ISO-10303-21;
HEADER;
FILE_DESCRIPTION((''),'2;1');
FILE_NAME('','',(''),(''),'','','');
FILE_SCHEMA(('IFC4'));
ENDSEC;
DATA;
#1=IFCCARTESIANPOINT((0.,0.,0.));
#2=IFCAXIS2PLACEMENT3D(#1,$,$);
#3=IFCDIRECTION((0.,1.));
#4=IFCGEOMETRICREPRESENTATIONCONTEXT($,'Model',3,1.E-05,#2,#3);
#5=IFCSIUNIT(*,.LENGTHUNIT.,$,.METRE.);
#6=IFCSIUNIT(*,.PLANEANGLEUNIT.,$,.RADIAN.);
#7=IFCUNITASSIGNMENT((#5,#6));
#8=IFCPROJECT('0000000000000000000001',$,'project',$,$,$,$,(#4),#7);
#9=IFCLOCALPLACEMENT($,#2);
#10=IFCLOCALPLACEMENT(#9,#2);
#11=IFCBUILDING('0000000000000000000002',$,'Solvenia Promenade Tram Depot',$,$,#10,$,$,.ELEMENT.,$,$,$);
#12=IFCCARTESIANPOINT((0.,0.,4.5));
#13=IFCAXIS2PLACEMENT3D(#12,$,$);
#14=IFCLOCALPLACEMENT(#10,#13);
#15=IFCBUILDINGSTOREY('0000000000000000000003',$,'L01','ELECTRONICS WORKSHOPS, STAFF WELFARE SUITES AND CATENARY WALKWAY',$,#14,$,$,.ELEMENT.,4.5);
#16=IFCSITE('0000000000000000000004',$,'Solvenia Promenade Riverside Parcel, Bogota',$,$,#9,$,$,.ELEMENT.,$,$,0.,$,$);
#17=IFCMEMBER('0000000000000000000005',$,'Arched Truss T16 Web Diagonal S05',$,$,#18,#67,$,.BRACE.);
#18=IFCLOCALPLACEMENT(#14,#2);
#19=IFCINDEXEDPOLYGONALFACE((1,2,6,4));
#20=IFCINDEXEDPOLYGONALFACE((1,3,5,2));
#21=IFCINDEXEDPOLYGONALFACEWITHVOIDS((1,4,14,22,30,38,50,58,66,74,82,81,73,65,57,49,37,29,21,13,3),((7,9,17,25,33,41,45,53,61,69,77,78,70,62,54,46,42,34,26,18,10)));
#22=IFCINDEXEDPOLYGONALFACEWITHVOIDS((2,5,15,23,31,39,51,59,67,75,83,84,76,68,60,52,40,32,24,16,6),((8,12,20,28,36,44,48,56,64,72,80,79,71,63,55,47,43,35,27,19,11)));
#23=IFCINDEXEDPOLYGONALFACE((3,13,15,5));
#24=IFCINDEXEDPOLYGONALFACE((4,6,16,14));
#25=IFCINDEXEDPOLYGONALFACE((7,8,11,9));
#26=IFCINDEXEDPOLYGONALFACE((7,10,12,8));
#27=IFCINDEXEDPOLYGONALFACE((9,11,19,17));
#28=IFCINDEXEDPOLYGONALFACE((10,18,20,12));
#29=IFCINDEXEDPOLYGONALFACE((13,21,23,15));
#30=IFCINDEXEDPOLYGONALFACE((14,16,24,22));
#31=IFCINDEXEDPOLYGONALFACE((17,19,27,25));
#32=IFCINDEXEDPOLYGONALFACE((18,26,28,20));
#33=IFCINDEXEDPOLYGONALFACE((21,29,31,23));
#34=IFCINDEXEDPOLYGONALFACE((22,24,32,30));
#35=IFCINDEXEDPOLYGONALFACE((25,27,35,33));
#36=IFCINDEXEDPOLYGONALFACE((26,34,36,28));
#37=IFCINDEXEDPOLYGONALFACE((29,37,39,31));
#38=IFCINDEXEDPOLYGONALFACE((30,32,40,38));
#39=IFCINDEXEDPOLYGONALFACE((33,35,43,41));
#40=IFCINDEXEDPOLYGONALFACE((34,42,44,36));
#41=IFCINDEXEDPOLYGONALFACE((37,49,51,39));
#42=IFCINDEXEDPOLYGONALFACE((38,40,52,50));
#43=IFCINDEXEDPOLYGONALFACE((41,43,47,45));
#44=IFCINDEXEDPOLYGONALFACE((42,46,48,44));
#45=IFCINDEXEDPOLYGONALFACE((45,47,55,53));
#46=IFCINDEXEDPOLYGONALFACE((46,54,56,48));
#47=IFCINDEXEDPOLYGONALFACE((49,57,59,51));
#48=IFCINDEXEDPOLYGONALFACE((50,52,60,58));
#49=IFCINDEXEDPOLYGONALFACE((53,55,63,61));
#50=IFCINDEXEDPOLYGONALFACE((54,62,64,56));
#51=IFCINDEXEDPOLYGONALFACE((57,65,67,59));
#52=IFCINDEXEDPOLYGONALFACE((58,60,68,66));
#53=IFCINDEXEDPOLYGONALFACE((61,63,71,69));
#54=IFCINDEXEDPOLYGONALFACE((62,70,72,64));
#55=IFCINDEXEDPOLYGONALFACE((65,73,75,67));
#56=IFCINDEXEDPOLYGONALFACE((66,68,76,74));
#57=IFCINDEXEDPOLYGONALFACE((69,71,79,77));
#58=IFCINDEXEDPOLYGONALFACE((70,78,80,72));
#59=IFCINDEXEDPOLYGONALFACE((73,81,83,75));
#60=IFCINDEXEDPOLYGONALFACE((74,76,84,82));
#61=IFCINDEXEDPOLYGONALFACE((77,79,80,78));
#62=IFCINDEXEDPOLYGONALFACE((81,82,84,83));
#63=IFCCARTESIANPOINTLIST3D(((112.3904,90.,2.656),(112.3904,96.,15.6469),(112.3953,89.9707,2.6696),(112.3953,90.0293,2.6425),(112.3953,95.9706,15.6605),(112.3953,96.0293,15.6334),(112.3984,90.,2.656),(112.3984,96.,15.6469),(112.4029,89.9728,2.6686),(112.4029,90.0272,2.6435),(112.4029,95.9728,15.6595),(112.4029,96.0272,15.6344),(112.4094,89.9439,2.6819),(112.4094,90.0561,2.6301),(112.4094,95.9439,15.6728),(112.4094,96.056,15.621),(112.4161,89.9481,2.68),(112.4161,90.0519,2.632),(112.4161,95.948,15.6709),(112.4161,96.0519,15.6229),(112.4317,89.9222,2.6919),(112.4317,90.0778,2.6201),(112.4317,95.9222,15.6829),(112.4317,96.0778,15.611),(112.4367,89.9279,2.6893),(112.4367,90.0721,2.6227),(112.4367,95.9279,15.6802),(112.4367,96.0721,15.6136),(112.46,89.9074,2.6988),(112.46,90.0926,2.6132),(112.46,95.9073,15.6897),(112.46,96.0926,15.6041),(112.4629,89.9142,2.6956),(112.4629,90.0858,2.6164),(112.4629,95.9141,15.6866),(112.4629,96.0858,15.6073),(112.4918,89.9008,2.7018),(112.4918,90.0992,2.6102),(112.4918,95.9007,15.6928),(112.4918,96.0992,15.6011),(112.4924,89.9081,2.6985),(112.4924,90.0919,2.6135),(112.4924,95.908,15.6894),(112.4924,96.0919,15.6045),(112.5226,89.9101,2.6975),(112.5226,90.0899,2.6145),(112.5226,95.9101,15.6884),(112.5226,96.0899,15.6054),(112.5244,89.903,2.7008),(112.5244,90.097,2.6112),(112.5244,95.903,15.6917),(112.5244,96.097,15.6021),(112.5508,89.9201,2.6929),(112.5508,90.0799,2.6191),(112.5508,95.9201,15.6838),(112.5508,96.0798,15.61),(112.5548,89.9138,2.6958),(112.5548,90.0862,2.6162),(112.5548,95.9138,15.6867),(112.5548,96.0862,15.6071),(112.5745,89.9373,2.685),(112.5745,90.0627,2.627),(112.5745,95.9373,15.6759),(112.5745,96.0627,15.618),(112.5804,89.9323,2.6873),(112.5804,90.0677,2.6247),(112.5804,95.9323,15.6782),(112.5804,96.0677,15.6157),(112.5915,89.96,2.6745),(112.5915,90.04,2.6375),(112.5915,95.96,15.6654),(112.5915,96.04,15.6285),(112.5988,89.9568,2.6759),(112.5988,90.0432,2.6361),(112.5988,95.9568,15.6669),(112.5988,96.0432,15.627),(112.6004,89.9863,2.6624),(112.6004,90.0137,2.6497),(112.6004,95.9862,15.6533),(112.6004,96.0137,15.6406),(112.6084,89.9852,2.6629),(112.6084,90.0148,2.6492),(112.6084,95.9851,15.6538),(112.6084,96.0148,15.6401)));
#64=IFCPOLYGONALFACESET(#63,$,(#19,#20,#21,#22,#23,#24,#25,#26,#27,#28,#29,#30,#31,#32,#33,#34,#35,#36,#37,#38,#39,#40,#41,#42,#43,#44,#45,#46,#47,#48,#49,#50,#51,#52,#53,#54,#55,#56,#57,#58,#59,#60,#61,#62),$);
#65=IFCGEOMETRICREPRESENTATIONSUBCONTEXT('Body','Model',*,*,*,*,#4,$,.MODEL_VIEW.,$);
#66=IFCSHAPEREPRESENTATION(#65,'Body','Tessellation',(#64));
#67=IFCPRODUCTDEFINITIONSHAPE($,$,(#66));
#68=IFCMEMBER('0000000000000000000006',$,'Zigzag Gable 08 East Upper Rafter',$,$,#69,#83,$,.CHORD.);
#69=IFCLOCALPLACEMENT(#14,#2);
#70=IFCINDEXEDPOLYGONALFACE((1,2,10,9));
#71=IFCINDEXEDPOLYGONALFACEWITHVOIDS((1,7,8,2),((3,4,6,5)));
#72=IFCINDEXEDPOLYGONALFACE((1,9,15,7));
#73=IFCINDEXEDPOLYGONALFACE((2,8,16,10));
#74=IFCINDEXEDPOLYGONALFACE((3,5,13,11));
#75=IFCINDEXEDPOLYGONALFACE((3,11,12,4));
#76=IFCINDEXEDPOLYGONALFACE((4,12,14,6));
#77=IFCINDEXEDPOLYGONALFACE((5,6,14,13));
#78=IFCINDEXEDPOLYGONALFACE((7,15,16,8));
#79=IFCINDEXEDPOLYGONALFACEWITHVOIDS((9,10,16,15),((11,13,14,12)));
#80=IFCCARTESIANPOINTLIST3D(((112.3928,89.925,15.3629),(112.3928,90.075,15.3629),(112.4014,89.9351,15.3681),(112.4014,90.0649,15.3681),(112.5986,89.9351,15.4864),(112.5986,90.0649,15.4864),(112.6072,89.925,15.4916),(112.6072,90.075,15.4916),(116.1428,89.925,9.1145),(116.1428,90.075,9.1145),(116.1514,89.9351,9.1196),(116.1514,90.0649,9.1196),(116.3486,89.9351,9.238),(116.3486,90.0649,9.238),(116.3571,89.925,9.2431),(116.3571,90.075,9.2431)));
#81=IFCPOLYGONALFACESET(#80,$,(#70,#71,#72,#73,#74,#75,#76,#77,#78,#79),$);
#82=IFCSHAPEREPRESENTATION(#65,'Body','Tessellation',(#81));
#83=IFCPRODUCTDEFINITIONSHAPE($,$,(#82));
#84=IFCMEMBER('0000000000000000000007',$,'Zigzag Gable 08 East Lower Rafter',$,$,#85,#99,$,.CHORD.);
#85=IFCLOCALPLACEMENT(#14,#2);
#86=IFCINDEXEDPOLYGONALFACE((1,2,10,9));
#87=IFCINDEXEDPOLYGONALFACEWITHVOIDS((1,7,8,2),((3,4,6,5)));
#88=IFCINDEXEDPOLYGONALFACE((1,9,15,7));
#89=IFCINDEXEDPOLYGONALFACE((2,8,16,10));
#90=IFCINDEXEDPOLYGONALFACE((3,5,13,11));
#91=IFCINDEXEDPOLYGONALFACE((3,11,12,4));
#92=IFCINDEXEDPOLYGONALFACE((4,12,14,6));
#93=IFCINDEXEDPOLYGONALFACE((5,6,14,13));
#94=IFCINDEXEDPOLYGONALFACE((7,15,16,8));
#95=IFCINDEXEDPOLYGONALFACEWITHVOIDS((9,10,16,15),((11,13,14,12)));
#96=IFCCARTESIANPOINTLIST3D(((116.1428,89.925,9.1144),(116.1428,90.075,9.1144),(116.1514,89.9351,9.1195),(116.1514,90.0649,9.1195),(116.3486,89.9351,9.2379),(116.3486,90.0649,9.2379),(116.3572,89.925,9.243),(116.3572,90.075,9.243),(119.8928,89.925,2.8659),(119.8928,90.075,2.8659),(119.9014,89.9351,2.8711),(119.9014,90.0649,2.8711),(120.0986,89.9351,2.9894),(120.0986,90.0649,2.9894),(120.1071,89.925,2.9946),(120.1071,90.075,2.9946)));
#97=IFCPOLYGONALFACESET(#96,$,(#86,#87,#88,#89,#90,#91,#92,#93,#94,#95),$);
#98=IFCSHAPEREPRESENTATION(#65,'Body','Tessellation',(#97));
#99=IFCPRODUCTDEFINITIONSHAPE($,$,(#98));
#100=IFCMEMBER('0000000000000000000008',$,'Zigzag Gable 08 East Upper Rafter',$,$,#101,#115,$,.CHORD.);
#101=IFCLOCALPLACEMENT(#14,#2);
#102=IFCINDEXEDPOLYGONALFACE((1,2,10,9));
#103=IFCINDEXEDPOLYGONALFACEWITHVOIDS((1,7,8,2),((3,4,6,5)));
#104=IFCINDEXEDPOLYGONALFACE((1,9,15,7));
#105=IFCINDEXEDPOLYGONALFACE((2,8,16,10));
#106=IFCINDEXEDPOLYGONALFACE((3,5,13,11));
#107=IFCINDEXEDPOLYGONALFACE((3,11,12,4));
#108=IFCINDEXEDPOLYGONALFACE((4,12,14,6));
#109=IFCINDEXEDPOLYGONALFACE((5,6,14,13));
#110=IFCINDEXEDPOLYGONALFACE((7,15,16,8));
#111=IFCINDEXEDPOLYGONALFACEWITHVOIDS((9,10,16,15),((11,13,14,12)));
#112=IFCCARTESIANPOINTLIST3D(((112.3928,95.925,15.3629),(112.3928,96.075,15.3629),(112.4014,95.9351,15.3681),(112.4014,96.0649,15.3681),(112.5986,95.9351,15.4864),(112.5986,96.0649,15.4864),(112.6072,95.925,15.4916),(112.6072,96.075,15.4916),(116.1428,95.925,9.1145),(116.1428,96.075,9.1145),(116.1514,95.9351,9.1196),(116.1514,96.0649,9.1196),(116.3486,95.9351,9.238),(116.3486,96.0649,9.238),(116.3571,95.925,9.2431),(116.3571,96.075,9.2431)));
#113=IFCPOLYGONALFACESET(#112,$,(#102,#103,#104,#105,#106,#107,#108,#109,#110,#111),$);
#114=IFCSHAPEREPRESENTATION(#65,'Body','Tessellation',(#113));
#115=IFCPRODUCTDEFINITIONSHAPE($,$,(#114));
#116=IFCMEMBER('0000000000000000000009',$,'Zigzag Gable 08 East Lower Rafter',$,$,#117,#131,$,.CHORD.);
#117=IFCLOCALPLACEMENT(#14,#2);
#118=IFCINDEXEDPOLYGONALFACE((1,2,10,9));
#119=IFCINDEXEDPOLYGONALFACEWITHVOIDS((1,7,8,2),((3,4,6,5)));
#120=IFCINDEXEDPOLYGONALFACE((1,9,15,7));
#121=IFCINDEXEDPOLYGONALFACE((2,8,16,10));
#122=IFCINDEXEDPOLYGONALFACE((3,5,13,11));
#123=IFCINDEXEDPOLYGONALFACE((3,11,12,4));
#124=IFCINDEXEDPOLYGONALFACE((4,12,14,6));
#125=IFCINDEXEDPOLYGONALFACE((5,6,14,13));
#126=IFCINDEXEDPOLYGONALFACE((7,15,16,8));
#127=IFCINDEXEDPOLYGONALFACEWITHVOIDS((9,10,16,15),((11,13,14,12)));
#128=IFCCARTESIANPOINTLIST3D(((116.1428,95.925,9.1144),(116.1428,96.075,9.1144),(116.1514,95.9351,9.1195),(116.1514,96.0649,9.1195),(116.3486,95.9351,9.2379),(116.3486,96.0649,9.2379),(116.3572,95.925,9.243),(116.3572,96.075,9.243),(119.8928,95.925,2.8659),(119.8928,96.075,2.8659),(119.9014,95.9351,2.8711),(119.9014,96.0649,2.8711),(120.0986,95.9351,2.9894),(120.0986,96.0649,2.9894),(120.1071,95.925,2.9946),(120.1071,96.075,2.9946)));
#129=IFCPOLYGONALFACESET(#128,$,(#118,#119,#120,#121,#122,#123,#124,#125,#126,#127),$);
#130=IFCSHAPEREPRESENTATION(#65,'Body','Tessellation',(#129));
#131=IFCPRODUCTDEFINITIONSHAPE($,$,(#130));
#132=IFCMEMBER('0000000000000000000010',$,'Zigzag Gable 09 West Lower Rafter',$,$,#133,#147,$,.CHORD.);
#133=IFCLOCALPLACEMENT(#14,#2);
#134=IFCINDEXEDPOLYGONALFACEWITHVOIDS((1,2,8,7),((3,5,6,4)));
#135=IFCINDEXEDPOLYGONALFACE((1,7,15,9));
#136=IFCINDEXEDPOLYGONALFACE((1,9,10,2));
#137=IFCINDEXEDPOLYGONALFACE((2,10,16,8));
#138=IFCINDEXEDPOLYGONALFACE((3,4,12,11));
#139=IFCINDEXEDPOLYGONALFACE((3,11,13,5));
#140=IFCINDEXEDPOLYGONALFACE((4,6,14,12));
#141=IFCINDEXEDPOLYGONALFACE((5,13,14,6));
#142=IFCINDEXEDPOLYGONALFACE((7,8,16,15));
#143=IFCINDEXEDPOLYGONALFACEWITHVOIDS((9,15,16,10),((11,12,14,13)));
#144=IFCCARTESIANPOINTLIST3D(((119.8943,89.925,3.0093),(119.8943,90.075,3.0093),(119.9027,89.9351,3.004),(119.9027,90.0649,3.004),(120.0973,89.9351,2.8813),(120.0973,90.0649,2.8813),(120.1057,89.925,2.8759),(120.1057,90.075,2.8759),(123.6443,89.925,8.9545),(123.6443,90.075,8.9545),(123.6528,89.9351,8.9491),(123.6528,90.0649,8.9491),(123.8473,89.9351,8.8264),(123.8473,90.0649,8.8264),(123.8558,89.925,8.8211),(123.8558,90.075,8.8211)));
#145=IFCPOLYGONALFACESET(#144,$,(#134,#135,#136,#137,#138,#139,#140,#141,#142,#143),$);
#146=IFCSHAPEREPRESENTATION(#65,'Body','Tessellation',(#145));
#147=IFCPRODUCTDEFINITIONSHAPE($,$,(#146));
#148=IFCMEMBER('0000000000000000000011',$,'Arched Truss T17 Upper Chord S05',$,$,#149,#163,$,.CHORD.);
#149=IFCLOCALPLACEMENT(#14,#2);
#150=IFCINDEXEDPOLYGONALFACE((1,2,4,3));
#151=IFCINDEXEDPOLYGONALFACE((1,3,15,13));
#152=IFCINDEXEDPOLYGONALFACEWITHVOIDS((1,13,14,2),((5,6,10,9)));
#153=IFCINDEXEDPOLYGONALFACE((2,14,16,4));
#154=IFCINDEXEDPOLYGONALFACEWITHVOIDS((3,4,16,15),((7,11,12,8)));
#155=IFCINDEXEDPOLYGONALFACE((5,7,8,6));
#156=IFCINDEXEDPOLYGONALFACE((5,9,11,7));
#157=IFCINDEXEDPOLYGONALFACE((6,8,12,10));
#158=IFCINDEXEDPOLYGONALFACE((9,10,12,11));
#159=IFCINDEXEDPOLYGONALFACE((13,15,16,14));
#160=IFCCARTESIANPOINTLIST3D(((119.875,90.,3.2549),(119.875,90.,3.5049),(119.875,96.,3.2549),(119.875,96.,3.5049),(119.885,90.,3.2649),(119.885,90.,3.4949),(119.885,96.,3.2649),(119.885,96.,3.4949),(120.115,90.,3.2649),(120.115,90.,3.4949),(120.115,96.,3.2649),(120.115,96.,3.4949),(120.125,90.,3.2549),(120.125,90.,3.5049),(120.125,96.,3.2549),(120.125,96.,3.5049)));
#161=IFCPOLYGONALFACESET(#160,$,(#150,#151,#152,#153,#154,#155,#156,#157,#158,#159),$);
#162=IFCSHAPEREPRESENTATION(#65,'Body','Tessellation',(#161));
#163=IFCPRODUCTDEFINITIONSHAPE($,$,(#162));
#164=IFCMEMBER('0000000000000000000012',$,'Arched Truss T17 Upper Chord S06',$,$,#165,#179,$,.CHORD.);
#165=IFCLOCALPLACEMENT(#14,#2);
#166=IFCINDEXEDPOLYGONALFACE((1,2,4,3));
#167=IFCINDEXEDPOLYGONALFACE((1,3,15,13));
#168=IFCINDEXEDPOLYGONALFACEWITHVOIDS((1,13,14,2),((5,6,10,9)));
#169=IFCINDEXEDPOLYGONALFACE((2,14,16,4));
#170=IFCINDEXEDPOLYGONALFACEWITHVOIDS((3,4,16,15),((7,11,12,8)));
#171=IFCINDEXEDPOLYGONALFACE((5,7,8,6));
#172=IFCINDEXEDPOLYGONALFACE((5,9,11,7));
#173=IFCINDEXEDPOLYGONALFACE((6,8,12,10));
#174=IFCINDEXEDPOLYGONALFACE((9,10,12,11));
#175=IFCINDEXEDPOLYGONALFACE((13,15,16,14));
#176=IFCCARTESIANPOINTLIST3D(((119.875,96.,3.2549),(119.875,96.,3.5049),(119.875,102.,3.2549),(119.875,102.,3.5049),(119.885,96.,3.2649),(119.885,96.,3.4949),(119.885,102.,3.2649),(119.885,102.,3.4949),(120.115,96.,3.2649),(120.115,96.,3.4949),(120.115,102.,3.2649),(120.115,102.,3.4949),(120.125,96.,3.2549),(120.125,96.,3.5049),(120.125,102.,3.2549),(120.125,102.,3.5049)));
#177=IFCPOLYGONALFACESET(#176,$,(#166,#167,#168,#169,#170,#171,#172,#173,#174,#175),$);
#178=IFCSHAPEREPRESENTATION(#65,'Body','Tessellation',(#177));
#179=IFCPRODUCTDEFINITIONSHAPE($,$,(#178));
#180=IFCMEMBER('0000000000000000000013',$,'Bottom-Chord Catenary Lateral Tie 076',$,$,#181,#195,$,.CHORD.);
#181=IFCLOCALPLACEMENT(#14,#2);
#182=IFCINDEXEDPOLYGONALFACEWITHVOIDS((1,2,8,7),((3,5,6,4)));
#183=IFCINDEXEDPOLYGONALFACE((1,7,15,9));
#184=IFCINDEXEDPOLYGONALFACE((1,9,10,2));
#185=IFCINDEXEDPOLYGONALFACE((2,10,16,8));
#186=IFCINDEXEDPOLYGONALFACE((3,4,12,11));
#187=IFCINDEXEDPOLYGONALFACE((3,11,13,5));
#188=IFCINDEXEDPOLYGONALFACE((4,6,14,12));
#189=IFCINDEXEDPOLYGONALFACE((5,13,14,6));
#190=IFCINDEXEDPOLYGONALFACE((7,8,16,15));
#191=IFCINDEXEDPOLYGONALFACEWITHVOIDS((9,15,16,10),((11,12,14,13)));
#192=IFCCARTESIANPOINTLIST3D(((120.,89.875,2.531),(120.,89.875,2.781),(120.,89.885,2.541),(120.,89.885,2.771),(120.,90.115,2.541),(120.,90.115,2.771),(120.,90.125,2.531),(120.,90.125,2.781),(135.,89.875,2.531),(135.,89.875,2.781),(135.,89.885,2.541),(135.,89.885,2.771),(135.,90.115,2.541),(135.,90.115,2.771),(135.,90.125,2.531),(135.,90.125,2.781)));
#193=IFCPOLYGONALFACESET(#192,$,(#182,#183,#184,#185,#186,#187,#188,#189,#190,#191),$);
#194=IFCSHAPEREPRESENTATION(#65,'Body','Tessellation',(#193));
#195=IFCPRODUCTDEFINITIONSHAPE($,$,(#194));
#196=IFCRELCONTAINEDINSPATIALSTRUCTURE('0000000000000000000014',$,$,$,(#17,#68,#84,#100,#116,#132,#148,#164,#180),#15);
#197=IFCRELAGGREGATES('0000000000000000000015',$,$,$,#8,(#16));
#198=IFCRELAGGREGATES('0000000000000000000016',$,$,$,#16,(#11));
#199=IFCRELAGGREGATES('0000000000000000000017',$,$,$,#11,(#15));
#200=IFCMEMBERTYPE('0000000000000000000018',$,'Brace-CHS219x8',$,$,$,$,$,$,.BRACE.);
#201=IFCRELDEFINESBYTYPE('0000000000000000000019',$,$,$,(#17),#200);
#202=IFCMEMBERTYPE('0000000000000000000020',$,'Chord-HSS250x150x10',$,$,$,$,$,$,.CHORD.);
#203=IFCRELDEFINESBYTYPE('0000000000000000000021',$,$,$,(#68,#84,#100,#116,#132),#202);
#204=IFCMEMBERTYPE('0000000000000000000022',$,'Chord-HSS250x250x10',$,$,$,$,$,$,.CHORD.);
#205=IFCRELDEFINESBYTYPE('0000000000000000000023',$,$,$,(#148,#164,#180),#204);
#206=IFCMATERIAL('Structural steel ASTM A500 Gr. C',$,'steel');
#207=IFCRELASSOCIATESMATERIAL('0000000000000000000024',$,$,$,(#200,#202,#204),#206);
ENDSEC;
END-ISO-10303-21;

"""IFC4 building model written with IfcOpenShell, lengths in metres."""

from ifc_helpers import new_model, si_unit, direction, frame, origin, origin_2d, place, context, subcontext, project, spatial, hollow_rectangle, hollow_circle, extrude, material, material_profile, profile_set, type_object, element, save


model = new_model("IFC4")

# Units and contexts
model_context = context("Model", 3, precision=1e-05, world=origin(), true_north=direction((0.0, 1.0)))
body_context = subcontext(model_context, "Body", "Model", "MODEL_VIEW")
ifc_project = project(units=[si_unit("LENGTHUNIT", "METRE"), si_unit("PLANEANGLEUNIT", "RADIAN")], contexts=[model_context])

# Site, building, storey
site_placement = place(None, origin())
site = spatial("IfcSite", under=ifc_project, at=site_placement, Name="Solvenia Promenade Riverside Parcel, Bogota", CompositionType="ELEMENT", RefElevation=0.0)
building_placement = place(site_placement, origin())
building = spatial("IfcBuilding", under=site, at=building_placement, Name="Solvenia Promenade Tram Depot", CompositionType="ELEMENT")
storey_placement = place(building_placement, frame((0.0, 0.0, 4.5)))
storey = spatial("IfcBuildingStorey", under=building, at=storey_placement, Name="L01", Description="ELECTRONICS WORKSHOPS, STAFF WELFARE SUITES AND CATENARY WALKWAY", CompositionType="ELEMENT", Elevation=4.5)

# Members
ifc_material_1 = material(Name="Structural steel ASTM A500 Gr. C", Category="steel")
ifc_material_profile_1 = material_profile(ifc_material_1, hollow_circle(Radius=0.1096, WallThickness=0.0081, at=origin_2d()), Name="CHS219.1x8", Category="steel")
ifc_profile_set_1 = profile_set([ifc_material_profile_1], Name="Structural steel ASTM A500 Gr. C")
member_type_1 = type_object("IfcMemberType", Name="Brace-CHS219x8", PredefinedType="BRACE", material=ifc_profile_set_1)
member_1_placement = place(storey_placement, frame((112.5, 90.0, 2.656), z_axis=(0.0, 0.419298, 0.907848), x_axis=(-1.0, 0.0, 0.0)))
element("IfcMember", 1, at=member_1_placement, inside=storey, type_object=member_type_1, Name="Arched Truss T16 Web Diagonal S05", PredefinedType="BRACE", context=body_context, shape_type="SweptSolid", body=[
    extrude(hollow_circle(Radius=0.1096, WallThickness=0.0081, at=origin_2d()), origin(), (0.0, 0.0, 1.0), 14.3096),
])
ifc_material_profile_2 = material_profile(ifc_material_1, hollow_rectangle(XDim=0.1499, YDim=0.25, WallThickness=0.01, at=origin_2d()), Name="HSS250x150x10", Category="steel")
ifc_profile_set_2 = profile_set([ifc_material_profile_2], Name="Structural steel ASTM A500 Gr. C")
member_type_2 = type_object("IfcMemberType", Name="Chord-HSS250x150x10", PredefinedType="CHORD", material=ifc_profile_set_2)
for number, where, z_axis, x_axis, name in (
    (2, (112.5, 90.0, 15.4272), (0.514584, 0.0, -0.85744), (0.0, 1.0, 0.0), "Zigzag Gable 08 East Upper Rafter"),
    (3, (116.25, 90.0, 9.1787), (0.514584, 0.0, -0.85744), (0.0, 1.0, 0.0), "Zigzag Gable 08 East Lower Rafter"),
    (4, (112.5, 96.0, 15.4272), (0.514584, 0.0, -0.85744), (0.0, 1.0, 0.0), "Zigzag Gable 08 East Upper Rafter"),
    (5, (116.25, 96.0, 9.1787), (0.514584, 0.0, -0.85744), (0.0, 1.0, 0.0), "Zigzag Gable 08 East Lower Rafter"),
):
    element("IfcMember", number, at=place(storey_placement, frame(where, z_axis=z_axis, x_axis=x_axis)), inside=storey, type_object=member_type_2, Name=name, PredefinedType="CHORD", context=body_context, shape_type="SweptSolid", body=[
        extrude(hollow_rectangle(XDim=0.1499, YDim=0.25, WallThickness=0.01, at=origin_2d()), origin(), (0.0, 0.0, 1.0), 7.2874),
    ])
member_2_placement = place(storey_placement, frame((120.0, 90.0, 2.9426), z_axis=(0.533507, 0.0, 0.845796), x_axis=(0.0, 1.0, 0.0)))
element("IfcMember", 6, at=member_2_placement, inside=storey, type_object=member_type_2, Name="Zigzag Gable 09 West Lower Rafter", PredefinedType="CHORD", context=body_context, shape_type="SweptSolid", body=[
    extrude(hollow_rectangle(XDim=0.1499, YDim=0.25, WallThickness=0.01, at=origin_2d()), origin(), (0.0, 0.0, 1.0), 7.0291),
])
ifc_material_profile_3 = material_profile(ifc_material_1, hollow_rectangle(XDim=0.25, YDim=0.25, WallThickness=0.01, at=origin_2d()), Name="HSS250x250x10", Category="steel")
ifc_profile_set_3 = profile_set([ifc_material_profile_3], Name="Structural steel ASTM A500 Gr. C")
member_type_3 = type_object("IfcMemberType", Name="Chord-HSS250x250x10", PredefinedType="CHORD", material=ifc_profile_set_3)
for number, where, z_axis, x_axis, name in (
    (7, (120.0, 90.0, 3.3799), (0.0, 1.0, 0.0), (-1.0, 0.0, 0.0), "Arched Truss T17 Upper Chord S05"),
    (8, (120.0, 96.0, 3.3799), (0.0, 1.0, 0.0), (-1.0, 0.0, 0.0), "Arched Truss T17 Upper Chord S06"),
):
    element("IfcMember", number, at=place(storey_placement, frame(where, z_axis=z_axis, x_axis=x_axis)), inside=storey, type_object=member_type_3, Name=name, PredefinedType="CHORD", context=body_context, shape_type="SweptSolid", body=[
        extrude(hollow_rectangle(XDim=0.25, YDim=0.25, WallThickness=0.01, at=origin_2d()), origin(), (0.0, 0.0, 1.0), 6.0),
    ])
member_3_placement = place(storey_placement, frame((120.0, 90.0, 2.656), z_axis=(1.0, 0.0, 0.0), x_axis=(0.0, 1.0, 0.0)))
element("IfcMember", 9, at=member_3_placement, inside=storey, type_object=member_type_3, Name="Bottom-Chord Catenary Lateral Tie 076", PredefinedType="CHORD", context=body_context, shape_type="SweptSolid", body=[
    extrude(hollow_rectangle(XDim=0.25, YDim=0.25, WallThickness=0.01, at=origin_2d()), origin(), (0.0, 0.0, 1.0), 15.0),
])

save(model, "model.ifc")
